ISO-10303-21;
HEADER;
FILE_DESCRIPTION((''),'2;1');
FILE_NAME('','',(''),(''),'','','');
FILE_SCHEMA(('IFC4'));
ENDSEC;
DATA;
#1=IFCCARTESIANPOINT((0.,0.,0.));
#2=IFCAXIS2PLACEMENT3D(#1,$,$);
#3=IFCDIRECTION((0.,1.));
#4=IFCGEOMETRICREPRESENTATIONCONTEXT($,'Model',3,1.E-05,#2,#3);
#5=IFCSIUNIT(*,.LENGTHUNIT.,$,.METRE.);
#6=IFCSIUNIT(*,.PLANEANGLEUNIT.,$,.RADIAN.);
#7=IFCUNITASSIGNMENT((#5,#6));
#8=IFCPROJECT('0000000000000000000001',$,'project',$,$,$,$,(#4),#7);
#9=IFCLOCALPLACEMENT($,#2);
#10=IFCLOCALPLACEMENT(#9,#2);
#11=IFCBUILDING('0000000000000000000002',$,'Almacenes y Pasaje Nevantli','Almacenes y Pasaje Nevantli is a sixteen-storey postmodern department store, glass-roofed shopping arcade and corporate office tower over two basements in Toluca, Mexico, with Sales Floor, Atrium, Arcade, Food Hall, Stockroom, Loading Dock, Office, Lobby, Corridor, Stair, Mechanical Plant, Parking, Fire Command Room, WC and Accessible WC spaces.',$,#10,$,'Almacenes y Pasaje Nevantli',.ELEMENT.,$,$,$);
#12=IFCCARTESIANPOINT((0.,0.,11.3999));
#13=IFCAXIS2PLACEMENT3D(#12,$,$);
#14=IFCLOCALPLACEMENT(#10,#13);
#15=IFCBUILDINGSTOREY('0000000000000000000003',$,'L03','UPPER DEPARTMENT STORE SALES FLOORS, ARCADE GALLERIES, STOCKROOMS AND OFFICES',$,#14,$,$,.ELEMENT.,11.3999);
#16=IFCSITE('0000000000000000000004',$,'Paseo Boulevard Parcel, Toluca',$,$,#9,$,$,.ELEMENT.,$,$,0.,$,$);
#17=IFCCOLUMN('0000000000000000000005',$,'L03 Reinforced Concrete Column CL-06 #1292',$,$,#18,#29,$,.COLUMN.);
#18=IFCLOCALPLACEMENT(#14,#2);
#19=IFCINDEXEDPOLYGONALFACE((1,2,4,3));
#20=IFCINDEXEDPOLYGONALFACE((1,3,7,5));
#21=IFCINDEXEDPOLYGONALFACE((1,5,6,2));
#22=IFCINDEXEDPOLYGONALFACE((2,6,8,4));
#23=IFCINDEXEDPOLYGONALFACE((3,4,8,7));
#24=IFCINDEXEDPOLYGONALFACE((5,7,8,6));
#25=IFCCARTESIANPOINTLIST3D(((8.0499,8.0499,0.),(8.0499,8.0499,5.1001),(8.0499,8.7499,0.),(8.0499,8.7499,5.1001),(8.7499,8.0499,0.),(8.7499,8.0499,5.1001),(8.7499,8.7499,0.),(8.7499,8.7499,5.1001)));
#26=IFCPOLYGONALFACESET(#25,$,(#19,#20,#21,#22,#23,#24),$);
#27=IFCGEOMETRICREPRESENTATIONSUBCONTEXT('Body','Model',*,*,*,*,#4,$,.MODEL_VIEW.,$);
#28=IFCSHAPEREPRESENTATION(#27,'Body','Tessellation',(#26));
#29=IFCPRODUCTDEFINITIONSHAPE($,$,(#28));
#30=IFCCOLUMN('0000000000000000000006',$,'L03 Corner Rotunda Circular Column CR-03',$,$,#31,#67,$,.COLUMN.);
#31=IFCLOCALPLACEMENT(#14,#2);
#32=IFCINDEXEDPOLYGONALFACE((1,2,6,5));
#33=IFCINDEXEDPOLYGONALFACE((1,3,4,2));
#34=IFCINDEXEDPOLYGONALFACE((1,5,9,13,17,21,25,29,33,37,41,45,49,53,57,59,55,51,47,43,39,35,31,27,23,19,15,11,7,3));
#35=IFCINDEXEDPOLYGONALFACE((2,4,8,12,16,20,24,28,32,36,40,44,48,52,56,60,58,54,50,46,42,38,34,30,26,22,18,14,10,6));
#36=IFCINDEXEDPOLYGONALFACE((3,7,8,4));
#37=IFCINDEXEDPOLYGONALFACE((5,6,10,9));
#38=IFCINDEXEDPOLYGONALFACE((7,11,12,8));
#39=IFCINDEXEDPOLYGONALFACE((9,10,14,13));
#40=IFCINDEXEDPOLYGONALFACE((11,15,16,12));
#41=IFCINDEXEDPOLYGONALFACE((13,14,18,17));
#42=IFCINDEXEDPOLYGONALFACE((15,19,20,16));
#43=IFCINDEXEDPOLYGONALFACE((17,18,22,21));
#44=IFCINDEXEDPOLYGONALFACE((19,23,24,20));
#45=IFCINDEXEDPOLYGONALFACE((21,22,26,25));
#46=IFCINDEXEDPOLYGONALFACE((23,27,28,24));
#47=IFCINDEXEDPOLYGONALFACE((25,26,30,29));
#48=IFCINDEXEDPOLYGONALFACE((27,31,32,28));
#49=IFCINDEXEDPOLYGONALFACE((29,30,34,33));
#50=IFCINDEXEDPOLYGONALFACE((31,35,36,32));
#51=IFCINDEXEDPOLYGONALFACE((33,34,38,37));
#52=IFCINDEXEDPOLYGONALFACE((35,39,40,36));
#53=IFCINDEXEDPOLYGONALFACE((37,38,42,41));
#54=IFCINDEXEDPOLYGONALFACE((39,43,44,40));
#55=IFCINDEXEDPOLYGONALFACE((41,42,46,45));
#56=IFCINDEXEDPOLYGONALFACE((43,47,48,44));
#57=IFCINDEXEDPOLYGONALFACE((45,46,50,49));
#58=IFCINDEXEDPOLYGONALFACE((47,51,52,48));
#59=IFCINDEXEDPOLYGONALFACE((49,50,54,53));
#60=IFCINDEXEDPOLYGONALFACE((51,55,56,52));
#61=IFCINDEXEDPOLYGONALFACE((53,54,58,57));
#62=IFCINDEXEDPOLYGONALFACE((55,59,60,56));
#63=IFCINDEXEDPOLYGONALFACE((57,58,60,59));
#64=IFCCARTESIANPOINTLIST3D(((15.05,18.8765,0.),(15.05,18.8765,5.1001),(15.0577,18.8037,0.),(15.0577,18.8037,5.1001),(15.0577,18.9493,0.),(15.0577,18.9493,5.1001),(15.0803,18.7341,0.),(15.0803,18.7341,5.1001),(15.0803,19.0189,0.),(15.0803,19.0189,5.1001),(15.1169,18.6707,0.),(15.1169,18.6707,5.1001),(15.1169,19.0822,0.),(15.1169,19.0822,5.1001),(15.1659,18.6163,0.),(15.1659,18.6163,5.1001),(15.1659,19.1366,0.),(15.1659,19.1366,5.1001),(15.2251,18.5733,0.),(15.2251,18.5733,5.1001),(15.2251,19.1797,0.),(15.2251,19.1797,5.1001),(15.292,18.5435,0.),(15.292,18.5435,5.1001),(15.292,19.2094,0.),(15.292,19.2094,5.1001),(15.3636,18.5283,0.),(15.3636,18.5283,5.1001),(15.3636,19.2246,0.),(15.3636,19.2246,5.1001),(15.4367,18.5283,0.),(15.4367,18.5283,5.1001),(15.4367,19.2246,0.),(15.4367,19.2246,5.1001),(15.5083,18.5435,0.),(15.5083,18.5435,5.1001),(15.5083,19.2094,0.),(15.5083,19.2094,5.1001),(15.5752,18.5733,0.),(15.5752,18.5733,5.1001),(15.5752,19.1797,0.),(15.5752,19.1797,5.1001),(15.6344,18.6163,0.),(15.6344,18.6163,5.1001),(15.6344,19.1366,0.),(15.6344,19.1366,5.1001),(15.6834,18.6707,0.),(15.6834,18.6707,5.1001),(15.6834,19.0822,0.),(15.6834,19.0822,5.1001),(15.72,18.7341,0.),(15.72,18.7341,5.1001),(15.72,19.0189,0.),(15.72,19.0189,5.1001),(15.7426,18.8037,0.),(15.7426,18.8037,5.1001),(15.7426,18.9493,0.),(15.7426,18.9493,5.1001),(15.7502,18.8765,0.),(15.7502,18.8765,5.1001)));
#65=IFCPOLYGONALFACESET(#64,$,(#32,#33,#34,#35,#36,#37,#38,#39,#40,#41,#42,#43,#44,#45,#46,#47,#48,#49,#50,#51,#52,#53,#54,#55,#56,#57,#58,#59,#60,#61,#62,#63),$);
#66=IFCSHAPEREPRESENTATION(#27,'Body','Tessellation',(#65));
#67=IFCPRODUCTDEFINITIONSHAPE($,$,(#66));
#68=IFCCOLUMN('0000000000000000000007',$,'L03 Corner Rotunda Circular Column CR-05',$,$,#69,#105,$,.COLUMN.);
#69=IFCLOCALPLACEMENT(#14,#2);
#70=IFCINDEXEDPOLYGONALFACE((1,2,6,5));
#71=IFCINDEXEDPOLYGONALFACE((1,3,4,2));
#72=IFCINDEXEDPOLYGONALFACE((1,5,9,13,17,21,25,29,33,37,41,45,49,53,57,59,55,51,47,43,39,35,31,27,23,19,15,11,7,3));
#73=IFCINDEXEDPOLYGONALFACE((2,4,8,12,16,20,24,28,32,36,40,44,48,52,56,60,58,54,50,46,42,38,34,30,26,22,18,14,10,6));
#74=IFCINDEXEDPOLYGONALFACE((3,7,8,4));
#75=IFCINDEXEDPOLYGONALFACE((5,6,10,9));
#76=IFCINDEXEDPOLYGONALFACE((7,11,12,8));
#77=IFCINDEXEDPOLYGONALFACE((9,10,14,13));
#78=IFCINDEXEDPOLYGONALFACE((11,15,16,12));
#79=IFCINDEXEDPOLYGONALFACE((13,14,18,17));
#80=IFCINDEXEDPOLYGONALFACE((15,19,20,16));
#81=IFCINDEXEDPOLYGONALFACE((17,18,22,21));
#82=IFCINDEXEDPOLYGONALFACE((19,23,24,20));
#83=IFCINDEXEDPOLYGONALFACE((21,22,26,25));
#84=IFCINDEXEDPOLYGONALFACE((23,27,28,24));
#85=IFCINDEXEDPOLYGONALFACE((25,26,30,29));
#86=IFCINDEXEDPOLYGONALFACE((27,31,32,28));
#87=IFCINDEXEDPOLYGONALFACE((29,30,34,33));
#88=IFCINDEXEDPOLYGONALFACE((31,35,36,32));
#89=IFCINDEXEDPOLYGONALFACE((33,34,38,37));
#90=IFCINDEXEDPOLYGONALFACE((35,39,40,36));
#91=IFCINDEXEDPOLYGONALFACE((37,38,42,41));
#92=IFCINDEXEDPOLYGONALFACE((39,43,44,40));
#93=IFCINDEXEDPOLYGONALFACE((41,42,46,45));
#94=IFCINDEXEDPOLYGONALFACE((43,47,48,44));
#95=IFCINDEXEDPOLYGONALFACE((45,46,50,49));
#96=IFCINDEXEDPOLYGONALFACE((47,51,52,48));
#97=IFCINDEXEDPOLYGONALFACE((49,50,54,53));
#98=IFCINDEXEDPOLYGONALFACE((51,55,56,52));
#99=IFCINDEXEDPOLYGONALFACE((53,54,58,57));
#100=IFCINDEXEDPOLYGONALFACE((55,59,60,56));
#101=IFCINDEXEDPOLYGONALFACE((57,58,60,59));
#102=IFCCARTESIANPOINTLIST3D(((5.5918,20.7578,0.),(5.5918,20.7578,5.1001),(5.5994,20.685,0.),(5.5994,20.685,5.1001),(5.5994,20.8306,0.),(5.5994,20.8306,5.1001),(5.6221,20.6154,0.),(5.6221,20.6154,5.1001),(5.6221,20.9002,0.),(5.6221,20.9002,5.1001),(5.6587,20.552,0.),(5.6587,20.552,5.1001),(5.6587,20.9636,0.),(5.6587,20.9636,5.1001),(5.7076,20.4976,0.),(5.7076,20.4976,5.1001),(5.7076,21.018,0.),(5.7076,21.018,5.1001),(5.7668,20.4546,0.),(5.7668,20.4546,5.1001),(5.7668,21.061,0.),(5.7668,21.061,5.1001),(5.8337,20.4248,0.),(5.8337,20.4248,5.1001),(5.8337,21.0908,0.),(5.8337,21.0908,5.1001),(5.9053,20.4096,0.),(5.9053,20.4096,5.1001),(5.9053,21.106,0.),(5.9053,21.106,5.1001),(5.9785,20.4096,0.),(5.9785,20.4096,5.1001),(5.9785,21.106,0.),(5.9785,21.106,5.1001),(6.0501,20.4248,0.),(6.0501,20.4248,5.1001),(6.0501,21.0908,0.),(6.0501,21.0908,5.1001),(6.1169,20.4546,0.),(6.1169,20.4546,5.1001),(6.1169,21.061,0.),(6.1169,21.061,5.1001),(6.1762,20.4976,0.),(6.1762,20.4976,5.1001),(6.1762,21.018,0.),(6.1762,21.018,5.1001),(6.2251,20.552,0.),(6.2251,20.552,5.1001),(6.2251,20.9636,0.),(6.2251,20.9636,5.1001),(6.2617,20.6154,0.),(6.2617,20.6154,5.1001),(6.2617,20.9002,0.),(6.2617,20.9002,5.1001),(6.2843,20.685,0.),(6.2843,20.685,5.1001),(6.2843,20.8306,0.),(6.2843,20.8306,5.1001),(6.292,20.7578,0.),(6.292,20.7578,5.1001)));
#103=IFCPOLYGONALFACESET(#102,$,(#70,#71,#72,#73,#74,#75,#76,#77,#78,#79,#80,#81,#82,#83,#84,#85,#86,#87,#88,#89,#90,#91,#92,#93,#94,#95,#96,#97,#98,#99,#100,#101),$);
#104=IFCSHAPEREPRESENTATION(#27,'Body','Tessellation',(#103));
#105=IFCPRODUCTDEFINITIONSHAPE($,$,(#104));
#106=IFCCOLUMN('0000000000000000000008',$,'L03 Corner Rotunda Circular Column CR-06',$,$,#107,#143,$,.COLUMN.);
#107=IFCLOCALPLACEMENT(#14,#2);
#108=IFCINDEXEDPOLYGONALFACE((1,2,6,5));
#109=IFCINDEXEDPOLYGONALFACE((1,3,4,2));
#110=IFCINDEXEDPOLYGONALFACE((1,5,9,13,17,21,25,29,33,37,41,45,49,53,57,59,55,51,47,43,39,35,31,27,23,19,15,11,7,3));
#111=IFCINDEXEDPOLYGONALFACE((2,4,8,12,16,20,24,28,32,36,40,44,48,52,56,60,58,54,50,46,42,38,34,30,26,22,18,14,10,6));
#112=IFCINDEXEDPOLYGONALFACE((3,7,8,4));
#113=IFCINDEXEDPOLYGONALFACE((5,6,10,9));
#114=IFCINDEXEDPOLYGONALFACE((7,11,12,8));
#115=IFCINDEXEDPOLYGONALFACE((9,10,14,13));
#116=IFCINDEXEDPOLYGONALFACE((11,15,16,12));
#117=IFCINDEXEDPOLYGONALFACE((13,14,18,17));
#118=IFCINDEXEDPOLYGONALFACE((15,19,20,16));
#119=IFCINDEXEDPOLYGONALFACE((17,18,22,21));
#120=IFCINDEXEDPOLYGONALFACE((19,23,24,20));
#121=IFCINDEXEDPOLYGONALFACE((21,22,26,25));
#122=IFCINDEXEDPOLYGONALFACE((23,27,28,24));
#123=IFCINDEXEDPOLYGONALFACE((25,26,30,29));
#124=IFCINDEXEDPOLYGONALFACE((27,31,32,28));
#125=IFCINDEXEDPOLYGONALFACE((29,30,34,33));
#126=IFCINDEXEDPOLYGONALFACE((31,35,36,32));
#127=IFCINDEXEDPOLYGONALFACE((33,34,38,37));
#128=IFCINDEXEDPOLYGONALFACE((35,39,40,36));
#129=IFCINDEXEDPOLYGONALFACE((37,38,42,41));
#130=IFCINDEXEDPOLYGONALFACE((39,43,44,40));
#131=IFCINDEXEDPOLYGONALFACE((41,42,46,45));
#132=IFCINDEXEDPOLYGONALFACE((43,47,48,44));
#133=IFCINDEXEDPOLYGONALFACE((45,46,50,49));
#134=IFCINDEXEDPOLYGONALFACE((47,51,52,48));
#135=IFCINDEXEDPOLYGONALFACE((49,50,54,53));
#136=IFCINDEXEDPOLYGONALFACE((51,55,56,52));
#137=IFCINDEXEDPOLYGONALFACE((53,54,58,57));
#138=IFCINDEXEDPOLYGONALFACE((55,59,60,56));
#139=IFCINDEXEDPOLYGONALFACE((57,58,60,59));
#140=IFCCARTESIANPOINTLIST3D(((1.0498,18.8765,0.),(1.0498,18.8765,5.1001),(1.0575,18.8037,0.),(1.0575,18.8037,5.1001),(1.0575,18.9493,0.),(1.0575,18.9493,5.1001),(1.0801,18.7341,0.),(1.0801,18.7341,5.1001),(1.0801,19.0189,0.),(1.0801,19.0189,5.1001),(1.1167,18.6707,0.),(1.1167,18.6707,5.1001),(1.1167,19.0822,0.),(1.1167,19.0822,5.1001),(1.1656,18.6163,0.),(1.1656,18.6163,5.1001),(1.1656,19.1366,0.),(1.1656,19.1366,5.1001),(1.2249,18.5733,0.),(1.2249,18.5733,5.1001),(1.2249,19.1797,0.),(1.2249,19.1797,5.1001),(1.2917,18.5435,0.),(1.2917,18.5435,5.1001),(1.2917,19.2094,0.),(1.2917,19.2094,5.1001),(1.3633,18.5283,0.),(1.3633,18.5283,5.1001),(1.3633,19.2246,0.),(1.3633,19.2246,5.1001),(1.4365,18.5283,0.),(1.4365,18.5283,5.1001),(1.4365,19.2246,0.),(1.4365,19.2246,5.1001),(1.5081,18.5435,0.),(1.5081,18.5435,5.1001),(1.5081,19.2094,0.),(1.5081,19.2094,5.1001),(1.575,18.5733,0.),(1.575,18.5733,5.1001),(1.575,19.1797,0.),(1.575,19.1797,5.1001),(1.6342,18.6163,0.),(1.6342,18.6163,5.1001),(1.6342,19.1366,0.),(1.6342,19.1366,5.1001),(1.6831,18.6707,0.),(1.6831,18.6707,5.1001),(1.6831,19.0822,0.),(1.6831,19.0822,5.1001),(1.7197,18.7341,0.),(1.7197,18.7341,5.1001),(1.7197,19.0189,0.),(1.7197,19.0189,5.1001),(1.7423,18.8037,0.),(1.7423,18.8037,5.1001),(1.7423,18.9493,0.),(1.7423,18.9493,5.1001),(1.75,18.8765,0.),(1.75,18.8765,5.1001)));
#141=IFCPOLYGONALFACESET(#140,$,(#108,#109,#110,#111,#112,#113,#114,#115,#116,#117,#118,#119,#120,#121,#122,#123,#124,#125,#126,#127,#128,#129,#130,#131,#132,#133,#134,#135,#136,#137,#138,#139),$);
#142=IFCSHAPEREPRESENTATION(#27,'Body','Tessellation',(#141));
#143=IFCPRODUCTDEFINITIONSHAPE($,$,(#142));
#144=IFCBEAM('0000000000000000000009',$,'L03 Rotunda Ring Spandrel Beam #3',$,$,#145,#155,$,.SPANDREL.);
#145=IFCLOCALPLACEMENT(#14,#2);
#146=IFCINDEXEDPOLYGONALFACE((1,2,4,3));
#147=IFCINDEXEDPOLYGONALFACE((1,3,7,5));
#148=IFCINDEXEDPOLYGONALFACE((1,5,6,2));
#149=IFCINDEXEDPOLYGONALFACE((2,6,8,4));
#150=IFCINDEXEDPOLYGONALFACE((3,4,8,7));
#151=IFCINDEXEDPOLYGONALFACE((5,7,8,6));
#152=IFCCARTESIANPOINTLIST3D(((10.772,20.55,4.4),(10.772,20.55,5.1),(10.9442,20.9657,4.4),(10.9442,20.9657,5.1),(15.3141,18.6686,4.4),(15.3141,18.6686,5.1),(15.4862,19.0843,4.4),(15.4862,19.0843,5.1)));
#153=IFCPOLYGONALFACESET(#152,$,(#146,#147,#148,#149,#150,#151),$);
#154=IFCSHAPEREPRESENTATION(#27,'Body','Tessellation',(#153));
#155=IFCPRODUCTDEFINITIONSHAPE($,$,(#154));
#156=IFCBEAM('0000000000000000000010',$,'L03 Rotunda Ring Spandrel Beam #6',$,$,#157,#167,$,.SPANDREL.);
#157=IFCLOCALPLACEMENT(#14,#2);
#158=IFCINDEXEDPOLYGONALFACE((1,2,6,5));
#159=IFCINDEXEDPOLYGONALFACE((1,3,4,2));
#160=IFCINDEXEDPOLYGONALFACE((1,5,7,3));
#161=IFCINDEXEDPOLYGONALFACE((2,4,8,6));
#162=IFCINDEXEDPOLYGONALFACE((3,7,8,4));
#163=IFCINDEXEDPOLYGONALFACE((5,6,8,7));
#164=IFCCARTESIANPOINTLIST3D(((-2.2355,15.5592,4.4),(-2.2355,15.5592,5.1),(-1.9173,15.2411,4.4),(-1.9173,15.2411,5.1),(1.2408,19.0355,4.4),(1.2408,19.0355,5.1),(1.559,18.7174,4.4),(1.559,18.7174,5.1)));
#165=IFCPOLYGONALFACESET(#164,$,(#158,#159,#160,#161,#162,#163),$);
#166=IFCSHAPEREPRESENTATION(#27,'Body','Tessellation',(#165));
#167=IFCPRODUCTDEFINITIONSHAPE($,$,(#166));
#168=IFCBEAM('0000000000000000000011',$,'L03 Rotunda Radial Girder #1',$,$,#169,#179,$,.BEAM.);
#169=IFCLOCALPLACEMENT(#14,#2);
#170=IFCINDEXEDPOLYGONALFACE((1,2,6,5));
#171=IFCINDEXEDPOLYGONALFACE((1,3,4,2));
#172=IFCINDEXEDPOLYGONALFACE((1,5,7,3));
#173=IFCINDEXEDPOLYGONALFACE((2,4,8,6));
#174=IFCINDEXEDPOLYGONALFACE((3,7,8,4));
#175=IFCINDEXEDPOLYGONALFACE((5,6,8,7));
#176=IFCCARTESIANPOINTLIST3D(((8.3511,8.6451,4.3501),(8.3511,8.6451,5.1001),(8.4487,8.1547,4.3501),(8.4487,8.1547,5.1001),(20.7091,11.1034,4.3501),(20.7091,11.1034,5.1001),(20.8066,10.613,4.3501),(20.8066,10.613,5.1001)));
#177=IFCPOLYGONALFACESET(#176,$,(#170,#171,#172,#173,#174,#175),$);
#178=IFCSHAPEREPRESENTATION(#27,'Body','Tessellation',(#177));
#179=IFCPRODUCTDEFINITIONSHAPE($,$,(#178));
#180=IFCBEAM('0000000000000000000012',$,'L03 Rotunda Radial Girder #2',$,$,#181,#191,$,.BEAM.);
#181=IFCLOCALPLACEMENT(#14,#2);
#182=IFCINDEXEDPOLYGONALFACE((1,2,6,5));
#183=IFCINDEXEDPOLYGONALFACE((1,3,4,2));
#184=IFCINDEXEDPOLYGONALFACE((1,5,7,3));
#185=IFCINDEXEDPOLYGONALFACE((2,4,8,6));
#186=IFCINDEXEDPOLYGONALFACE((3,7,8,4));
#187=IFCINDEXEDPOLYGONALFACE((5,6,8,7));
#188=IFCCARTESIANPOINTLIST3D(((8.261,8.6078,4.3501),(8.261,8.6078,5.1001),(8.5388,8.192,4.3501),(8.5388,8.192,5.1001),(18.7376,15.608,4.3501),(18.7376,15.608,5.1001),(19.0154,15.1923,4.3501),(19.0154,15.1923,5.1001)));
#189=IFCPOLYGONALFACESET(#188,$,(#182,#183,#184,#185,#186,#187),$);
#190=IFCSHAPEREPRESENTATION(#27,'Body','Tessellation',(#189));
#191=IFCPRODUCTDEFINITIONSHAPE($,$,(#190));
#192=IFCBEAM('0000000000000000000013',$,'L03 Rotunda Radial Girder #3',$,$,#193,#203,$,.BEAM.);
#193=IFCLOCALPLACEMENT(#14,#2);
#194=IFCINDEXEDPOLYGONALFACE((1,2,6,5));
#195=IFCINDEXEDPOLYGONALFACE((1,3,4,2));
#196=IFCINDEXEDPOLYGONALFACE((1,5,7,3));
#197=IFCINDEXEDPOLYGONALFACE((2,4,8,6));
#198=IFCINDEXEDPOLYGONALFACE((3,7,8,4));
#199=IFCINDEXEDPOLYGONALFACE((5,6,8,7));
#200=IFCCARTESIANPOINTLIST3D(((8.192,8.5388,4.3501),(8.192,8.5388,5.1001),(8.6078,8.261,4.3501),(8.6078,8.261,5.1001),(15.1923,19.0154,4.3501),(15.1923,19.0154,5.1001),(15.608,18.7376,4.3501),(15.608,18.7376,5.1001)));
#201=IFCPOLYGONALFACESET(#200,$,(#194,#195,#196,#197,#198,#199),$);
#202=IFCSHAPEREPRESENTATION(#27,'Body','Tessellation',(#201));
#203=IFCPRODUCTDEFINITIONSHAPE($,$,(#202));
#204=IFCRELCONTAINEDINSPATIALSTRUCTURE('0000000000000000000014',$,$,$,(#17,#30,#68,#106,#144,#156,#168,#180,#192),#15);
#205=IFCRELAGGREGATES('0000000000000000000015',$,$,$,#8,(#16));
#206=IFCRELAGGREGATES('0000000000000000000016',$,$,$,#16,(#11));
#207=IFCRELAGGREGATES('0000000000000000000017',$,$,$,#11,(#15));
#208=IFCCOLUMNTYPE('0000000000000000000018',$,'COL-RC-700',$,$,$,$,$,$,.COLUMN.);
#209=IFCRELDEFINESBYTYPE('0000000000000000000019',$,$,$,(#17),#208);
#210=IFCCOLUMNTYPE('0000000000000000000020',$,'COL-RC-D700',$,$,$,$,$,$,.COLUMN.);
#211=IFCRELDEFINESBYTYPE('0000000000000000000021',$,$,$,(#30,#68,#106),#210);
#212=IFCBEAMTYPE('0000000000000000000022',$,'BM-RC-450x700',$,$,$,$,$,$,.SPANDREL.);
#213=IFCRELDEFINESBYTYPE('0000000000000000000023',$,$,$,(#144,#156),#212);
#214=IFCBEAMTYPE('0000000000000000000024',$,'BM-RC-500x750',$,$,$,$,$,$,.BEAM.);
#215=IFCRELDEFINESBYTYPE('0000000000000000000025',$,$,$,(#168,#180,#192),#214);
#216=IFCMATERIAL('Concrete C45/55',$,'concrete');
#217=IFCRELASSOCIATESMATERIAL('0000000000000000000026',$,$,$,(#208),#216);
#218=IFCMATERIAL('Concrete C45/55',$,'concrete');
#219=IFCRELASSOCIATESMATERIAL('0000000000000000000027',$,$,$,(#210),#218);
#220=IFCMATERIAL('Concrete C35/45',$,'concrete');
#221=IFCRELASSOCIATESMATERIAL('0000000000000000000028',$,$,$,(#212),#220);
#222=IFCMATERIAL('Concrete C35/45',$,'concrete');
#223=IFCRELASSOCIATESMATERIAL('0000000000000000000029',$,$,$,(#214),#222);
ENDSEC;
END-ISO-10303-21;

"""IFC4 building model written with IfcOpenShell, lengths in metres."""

from ifc_helpers import new_model, si_unit, direction, frame, origin, origin_2d, place, context, subcontext, project, spatial, rectangle, circle, extrude, material, material_profile, profile_set, type_object, element, save


model = new_model("IFC4")

# Units and contexts
model_context = context("Model", 3, precision=1e-05, world=origin(), true_north=direction((0.0, 1.0)))
body_context = subcontext(model_context, "Body", "Model", "MODEL_VIEW")
ifc_project = project(units=[si_unit("LENGTHUNIT", "METRE"), si_unit("PLANEANGLEUNIT", "RADIAN")], contexts=[model_context])

# Site, building, storey
site_placement = place(None, origin())
site = spatial("IfcSite", under=ifc_project, at=site_placement, Name="Paseo Boulevard Parcel, Toluca", CompositionType="ELEMENT", RefElevation=0.0)
building_placement = place(site_placement, origin())
building = spatial("IfcBuilding", under=site, at=building_placement, Name="Almacenes y Pasaje Nevantli", Description="Almacenes y Pasaje Nevantli is a sixteen-storey postmodern department store, glass-roofed shopping arcade and corporate office tower over two basements in Toluca, Mexico, with Sales Floor, Atrium, Arcade, Food Hall, Stockroom, Loading Dock, Office, Lobby, Corridor, Stair, Mechanical Plant, Parking, Fire Command Room, WC and Accessible WC spaces.", LongName="Almacenes y Pasaje Nevantli", CompositionType="ELEMENT")
storey_placement = place(building_placement, frame((0.0, 0.0, 11.3999)))
storey = spatial("IfcBuildingStorey", under=building, at=storey_placement, Name="L03", Description="UPPER DEPARTMENT STORE SALES FLOORS, ARCADE GALLERIES, STOCKROOMS AND OFFICES", CompositionType="ELEMENT", Elevation=11.3999)

# Columns
ifc_material_1 = material(Name="Concrete C45/55", Category="concrete")
ifc_material_profile_1 = material_profile(ifc_material_1, rectangle(XDim=0.7, YDim=0.7, at=origin_2d()), Name="RC-COL-700x700")
ifc_profile_set_1 = profile_set([ifc_material_profile_1], Name="Concrete C45/55")
column_type_1 = type_object("IfcColumnType", Name="COL-RC-700", PredefinedType="COLUMN", material=ifc_profile_set_1)
column_placement = place(storey_placement, frame((8.3999, 8.3999, 0.0), z_axis=(0.0, 0.0, 1.0), x_axis=(1.0, 0.0, 0.0)))
element("IfcColumn", 1, at=column_placement, inside=storey, type_object=column_type_1, Name="L03 Reinforced Concrete Column CL-06 #1292", PredefinedType="COLUMN", context=body_context, shape_type="SweptSolid", body=[
    extrude(rectangle(XDim=0.7, YDim=0.7, at=origin_2d()), origin(), (0.0, 0.0, 1.0), 5.1001),
])
ifc_material_2 = material(Name="Concrete C45/55", Category="concrete")
ifc_material_profile_2 = material_profile(ifc_material_2, circle(Radius=0.3501, at=origin_2d()), Name="RC-COL-D700")
ifc_profile_set_2 = profile_set([ifc_material_profile_2], Name="Concrete C45/55")
column_type_2 = type_object("IfcColumnType", Name="COL-RC-D700", PredefinedType="COLUMN", material=ifc_profile_set_2)
for number, where, z_axis, x_axis, name in (
    (2, (15.4001, 18.8765, 0.0), (0.0, 0.0, 1.0), (1.0, 0.0, 0.0), "L03 Corner Rotunda Circular Column CR-03"),
    (3, (5.9419, 20.7578, 0.0), (0.0, 0.0, 1.0), (1.0, 0.0, 0.0), "L03 Corner Rotunda Circular Column CR-05"),
    (4, (1.3999, 18.8765, 0.0), (0.0, 0.0, 1.0), (1.0, 0.0, 0.0), "L03 Corner Rotunda Circular Column CR-06"),
):
    element("IfcColumn", number, at=place(storey_placement, frame(where, z_axis=z_axis, x_axis=x_axis)), inside=storey, type_object=column_type_2, Name=name, PredefinedType="COLUMN", context=body_context, shape_type="SweptSolid", body=[
        extrude(circle(Radius=0.3501, at=origin_2d()), origin(), (0.0, 0.0, 1.0), 5.1001),
    ])

# Beams
ifc_material_3 = material(Name="Concrete C35/45", Category="concrete")
ifc_material_profile_3 = material_profile(ifc_material_3, rectangle(XDim=0.45, YDim=0.7, at=origin_2d()), Name="RC-BM-450x700")
ifc_profile_set_3 = profile_set([ifc_material_profile_3], Name="Concrete C35/45")
beam_type_1 = type_object("IfcBeamType", Name="BM-RC-450x700", PredefinedType="SPANDREL", material=ifc_profile_set_3)
for number, where, z_axis, x_axis, name in (
    (5, (15.4001, 18.8765, 4.75), (-0.92388, 0.382682, 0.0), (-0.382682, -0.92388, 0.0), "L03 Rotunda Ring Spandrel Beam #3"),
    (6, (1.3999, 18.8765, 4.75), (-0.707107, -0.707107, 0.0), (0.707107, -0.707107, 0.0), "L03 Rotunda Ring Spandrel Beam #6"),
):
    element("IfcBeam", number, at=place(storey_placement, frame(where, z_axis=z_axis, x_axis=x_axis)), inside=storey, type_object=beam_type_1, Name=name, PredefinedType="SPANDREL", context=body_context, shape_type="SweptSolid", body=[
        extrude(rectangle(XDim=0.45, YDim=0.7, at=origin_2d()), origin(), (0.0, 0.0, 1.0), 4.9163),
    ])
ifc_material_4 = material(Name="Concrete C35/45", Category="concrete")
ifc_material_profile_4 = material_profile(ifc_material_4, rectangle(XDim=0.5, YDim=0.75, at=origin_2d()), Name="RC-BM-500x750")
ifc_profile_set_4 = profile_set([ifc_material_profile_4], Name="Concrete C35/45")
beam_type_2 = type_object("IfcBeamType", Name="BM-RC-500x750", PredefinedType="BEAM", material=ifc_profile_set_4)
for number, where, z_axis, x_axis, name in (
    (7, (8.3999, 8.3999, 4.7251), (0.980784, 0.195099, 0.0), (-0.195099, 0.980784, 0.0), "L03 Rotunda Radial Girder #1"),
    (8, (8.3999, 8.3999, 4.7251), (0.831469, 0.555572, 0.0), (-0.555572, 0.831469, 0.0), "L03 Rotunda Radial Girder #2"),
    (9, (8.3999, 8.3999, 4.7251), (0.555572, 0.831469, 0.0), (-0.831469, 0.555572, 0.0), "L03 Rotunda Radial Girder #3"),
):
    element("IfcBeam", number, at=place(storey_placement, frame(where, z_axis=z_axis, x_axis=x_axis)), inside=storey, type_object=beam_type_2, Name=name, PredefinedType="BEAM", context=body_context, shape_type="SweptSolid", body=[
        extrude(rectangle(XDim=0.5, YDim=0.75, at=origin_2d()), origin(), (0.0, 0.0, 1.0), 12.6001),
    ])

save(model, "model.ifc")
